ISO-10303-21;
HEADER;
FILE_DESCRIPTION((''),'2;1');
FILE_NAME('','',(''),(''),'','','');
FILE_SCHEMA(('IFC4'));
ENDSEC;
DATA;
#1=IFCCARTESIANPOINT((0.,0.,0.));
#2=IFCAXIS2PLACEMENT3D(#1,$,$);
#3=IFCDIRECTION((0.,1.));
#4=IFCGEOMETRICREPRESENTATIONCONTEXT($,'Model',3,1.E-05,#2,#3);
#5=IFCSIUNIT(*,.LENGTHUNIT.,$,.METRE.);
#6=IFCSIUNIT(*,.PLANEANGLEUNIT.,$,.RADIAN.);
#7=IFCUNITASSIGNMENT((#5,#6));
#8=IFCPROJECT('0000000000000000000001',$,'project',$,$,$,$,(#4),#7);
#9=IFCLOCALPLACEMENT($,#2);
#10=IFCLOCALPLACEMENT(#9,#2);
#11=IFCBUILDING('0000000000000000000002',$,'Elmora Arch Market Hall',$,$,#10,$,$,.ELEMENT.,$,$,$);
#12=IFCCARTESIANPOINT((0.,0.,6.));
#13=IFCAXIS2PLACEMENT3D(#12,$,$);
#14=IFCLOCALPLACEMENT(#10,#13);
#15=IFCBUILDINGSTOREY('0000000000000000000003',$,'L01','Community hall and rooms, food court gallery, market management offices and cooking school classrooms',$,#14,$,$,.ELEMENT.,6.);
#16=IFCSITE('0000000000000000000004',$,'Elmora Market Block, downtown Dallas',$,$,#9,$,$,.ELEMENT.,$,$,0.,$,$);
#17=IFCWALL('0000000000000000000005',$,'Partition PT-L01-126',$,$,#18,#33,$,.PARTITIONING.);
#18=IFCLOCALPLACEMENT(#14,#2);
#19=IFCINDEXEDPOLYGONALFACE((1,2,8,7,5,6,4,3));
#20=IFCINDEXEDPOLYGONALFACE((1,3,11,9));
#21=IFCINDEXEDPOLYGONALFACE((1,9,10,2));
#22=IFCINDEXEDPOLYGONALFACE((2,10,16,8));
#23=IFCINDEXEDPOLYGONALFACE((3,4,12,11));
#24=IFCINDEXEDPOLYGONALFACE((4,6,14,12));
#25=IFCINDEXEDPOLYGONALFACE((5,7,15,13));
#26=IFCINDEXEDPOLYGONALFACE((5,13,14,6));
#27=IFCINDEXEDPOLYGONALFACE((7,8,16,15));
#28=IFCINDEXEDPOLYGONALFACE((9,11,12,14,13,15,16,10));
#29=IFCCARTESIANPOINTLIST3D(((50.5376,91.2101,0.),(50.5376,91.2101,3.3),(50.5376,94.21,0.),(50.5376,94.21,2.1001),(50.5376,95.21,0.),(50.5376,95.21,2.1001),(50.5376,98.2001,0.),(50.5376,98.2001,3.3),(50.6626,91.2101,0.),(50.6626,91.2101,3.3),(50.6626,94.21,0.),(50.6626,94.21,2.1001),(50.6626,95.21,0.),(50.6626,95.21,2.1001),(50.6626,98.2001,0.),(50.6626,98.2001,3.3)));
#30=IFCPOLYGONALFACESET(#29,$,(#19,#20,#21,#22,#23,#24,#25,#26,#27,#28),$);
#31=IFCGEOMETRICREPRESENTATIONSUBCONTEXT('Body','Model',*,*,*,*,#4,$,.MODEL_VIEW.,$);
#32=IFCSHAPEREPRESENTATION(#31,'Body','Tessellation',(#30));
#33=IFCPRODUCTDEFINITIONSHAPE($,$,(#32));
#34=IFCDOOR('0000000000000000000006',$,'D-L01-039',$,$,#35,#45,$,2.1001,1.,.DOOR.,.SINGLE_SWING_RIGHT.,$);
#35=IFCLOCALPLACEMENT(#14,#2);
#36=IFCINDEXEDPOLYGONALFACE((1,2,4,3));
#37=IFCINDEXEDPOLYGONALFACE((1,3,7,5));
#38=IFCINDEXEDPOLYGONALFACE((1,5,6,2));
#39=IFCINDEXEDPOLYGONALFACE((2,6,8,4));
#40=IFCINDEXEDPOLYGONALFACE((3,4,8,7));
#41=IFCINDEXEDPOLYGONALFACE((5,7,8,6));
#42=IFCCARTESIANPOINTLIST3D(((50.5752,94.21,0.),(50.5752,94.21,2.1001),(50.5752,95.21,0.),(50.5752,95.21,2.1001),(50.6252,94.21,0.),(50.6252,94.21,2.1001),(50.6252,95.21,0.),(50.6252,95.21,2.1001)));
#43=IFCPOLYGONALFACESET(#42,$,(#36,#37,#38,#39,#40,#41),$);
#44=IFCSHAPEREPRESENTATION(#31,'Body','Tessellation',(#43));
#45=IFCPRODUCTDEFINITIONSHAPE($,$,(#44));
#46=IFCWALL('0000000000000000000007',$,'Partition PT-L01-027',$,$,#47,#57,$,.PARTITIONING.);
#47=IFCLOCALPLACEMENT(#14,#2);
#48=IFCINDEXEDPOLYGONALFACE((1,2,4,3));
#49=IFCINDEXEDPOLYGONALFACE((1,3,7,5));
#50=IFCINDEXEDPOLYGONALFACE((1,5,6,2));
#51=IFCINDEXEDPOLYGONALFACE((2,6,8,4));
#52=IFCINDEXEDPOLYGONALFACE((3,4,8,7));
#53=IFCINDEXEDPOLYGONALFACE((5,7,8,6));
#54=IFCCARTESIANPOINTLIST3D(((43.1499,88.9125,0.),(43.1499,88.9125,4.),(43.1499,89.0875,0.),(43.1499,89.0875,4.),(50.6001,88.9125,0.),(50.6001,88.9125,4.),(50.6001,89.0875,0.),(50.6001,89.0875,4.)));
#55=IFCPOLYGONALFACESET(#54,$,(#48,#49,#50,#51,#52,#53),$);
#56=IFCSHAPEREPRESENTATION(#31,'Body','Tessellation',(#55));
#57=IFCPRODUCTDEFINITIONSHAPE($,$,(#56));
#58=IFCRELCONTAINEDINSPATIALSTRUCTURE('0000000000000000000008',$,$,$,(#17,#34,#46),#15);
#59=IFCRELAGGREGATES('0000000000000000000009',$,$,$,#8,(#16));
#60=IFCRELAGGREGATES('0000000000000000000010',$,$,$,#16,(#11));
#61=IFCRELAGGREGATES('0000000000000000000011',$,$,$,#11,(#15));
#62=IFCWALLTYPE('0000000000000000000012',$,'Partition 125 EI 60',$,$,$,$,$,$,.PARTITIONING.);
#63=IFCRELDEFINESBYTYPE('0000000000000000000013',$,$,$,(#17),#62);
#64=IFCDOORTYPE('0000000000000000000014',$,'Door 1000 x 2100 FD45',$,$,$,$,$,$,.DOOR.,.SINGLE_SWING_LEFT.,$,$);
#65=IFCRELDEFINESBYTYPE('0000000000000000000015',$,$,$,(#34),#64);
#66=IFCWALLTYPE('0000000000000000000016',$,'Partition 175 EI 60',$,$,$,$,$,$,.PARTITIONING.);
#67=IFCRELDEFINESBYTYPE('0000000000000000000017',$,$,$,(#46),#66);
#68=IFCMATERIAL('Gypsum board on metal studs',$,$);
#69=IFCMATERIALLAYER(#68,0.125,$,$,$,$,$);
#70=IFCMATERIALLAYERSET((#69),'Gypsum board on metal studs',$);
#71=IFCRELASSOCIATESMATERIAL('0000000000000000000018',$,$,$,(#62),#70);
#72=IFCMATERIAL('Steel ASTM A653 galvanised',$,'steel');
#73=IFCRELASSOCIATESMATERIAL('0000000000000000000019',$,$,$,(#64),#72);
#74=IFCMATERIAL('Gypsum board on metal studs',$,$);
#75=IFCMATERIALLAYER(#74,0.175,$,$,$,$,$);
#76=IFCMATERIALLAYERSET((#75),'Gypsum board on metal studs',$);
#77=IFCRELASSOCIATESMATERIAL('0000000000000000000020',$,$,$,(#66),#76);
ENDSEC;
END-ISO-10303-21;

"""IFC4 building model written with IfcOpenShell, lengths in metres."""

from ifc_helpers import new_model, si_unit, direction, frame, frame_2d, origin, place, context, subcontext, project, spatial, rectangle, extrude, material, layer, layer_set, type_object, element, fill, save


model = new_model("IFC4")

# Units and contexts
model_context = context("Model", 3, precision=1e-05, world=origin(), true_north=direction((0.0, 1.0)))
body_context = subcontext(model_context, "Body", "Model", "MODEL_VIEW")
ifc_project = project(units=[si_unit("LENGTHUNIT", "METRE"), si_unit("PLANEANGLEUNIT", "RADIAN")], contexts=[model_context])

# Site, building, storey
site_placement = place(None, origin())
site = spatial("IfcSite", under=ifc_project, at=site_placement, Name="Elmora Market Block, downtown Dallas", CompositionType="ELEMENT", RefElevation=0.0)
building_placement = place(site_placement, origin())
building = spatial("IfcBuilding", under=site, at=building_placement, Name="Elmora Arch Market Hall", CompositionType="ELEMENT")
storey_placement = place(building_placement, frame((0.0, 0.0, 6.0)))
storey = spatial("IfcBuildingStorey", under=building, at=storey_placement, Name="L01", Description="Community hall and rooms, food court gallery, market management offices and cooking school classrooms", CompositionType="ELEMENT", Elevation=6.0)

# Shared definitions
ifc_material_1 = material(Name="Gypsum board on metal studs")
ifc_layer_1 = layer(ifc_material_1, 0.125)
ifc_layer_set_1 = layer_set([ifc_layer_1], Name="Gypsum board on metal studs")
wall_type_1 = type_object("IfcWallType", Name="Partition 125 EI 60", PredefinedType="PARTITIONING", material=ifc_layer_set_1)

# Wall, opening, door
wall_1_placement = place(storey_placement, frame((50.6001, 91.21, 0.0), z_axis=(0.0, 0.0, 1.0), x_axis=(0.0, 1.0, 0.0)))
wall_1 = element("IfcWall", 1, at=wall_1_placement, inside=storey, type_object=wall_type_1, Name="Partition PT-L01-126", PredefinedType="PARTITIONING", context=body_context, shape_type="SweptSolid", body=[
    extrude(rectangle(XDim=6.99, YDim=0.125, at=frame_2d((3.4951, 0.0))), origin(), (0.0, 0.0, 1.0), 3.3),
])
opening_placement = place(wall_1_placement, frame((3.0, 0.0, 0.0)))
opening = element("IfcOpeningElement", 2, at=opening_placement, cuts=wall_1, PredefinedType="OPENING", context=body_context, shape_type="SweptSolid", body=[
    extrude(rectangle(XDim=1.0, YDim=2.1001, at=frame_2d((0.5, 1.05))), frame((0.0, 0.0725, 0.0), z_axis=(0.0, -1.0, 0.0), x_axis=(1.0, 0.0, 0.0)), (0.0, 0.0, 1.0), 0.145),
])
ifc_material_2 = material(Name="Steel ASTM A653 galvanised", Category="steel")
door_type = type_object("IfcDoorType", Name="Door 1000 x 2100 FD45", OperationType="SINGLE_SWING_LEFT", PredefinedType="DOOR", material=ifc_material_2)
door_placement = place(opening_placement, origin())
door = element("IfcDoor", 3, at=door_placement, inside=storey, type_object=door_type, Name="D-L01-039", OperationType="SINGLE_SWING_RIGHT", OverallHeight=2.1001, OverallWidth=1.0, PredefinedType="DOOR", context=body_context, shape_type="SweptSolid", body=[
    extrude(rectangle(XDim=1.0, YDim=2.1001, at=frame_2d((0.5, 1.05))), frame((0.0, 0.0249, 0.0), z_axis=(0.0, -1.0, 0.0), x_axis=(1.0, 0.0, 0.0)), (0.0, 0.0, 1.0), 0.05),
])
fill(opening, door)

# Wall
ifc_material_3 = material(Name="Gypsum board on metal studs")
ifc_layer_2 = layer(ifc_material_3, 0.175)
ifc_layer_set_2 = layer_set([ifc_layer_2], Name="Gypsum board on metal studs")
wall_type_2 = type_object("IfcWallType", Name="Partition 175 EI 60", PredefinedType="PARTITIONING", material=ifc_layer_set_2)
wall_2_placement = place(storey_placement, frame((43.1499, 89.0, 0.0), z_axis=(0.0, 0.0, 1.0), x_axis=(1.0, 0.0, 0.0)))
element("IfcWall", 4, at=wall_2_placement, inside=storey, type_object=wall_type_2, Name="Partition PT-L01-027", PredefinedType="PARTITIONING", context=body_context, shape_type="SweptSolid", body=[
    extrude(rectangle(XDim=7.4502, YDim=0.175, at=frame_2d((3.7251, 0.0))), origin(), (0.0, 0.0, 1.0), 4.0),
])

save(model, "model.ifc")
